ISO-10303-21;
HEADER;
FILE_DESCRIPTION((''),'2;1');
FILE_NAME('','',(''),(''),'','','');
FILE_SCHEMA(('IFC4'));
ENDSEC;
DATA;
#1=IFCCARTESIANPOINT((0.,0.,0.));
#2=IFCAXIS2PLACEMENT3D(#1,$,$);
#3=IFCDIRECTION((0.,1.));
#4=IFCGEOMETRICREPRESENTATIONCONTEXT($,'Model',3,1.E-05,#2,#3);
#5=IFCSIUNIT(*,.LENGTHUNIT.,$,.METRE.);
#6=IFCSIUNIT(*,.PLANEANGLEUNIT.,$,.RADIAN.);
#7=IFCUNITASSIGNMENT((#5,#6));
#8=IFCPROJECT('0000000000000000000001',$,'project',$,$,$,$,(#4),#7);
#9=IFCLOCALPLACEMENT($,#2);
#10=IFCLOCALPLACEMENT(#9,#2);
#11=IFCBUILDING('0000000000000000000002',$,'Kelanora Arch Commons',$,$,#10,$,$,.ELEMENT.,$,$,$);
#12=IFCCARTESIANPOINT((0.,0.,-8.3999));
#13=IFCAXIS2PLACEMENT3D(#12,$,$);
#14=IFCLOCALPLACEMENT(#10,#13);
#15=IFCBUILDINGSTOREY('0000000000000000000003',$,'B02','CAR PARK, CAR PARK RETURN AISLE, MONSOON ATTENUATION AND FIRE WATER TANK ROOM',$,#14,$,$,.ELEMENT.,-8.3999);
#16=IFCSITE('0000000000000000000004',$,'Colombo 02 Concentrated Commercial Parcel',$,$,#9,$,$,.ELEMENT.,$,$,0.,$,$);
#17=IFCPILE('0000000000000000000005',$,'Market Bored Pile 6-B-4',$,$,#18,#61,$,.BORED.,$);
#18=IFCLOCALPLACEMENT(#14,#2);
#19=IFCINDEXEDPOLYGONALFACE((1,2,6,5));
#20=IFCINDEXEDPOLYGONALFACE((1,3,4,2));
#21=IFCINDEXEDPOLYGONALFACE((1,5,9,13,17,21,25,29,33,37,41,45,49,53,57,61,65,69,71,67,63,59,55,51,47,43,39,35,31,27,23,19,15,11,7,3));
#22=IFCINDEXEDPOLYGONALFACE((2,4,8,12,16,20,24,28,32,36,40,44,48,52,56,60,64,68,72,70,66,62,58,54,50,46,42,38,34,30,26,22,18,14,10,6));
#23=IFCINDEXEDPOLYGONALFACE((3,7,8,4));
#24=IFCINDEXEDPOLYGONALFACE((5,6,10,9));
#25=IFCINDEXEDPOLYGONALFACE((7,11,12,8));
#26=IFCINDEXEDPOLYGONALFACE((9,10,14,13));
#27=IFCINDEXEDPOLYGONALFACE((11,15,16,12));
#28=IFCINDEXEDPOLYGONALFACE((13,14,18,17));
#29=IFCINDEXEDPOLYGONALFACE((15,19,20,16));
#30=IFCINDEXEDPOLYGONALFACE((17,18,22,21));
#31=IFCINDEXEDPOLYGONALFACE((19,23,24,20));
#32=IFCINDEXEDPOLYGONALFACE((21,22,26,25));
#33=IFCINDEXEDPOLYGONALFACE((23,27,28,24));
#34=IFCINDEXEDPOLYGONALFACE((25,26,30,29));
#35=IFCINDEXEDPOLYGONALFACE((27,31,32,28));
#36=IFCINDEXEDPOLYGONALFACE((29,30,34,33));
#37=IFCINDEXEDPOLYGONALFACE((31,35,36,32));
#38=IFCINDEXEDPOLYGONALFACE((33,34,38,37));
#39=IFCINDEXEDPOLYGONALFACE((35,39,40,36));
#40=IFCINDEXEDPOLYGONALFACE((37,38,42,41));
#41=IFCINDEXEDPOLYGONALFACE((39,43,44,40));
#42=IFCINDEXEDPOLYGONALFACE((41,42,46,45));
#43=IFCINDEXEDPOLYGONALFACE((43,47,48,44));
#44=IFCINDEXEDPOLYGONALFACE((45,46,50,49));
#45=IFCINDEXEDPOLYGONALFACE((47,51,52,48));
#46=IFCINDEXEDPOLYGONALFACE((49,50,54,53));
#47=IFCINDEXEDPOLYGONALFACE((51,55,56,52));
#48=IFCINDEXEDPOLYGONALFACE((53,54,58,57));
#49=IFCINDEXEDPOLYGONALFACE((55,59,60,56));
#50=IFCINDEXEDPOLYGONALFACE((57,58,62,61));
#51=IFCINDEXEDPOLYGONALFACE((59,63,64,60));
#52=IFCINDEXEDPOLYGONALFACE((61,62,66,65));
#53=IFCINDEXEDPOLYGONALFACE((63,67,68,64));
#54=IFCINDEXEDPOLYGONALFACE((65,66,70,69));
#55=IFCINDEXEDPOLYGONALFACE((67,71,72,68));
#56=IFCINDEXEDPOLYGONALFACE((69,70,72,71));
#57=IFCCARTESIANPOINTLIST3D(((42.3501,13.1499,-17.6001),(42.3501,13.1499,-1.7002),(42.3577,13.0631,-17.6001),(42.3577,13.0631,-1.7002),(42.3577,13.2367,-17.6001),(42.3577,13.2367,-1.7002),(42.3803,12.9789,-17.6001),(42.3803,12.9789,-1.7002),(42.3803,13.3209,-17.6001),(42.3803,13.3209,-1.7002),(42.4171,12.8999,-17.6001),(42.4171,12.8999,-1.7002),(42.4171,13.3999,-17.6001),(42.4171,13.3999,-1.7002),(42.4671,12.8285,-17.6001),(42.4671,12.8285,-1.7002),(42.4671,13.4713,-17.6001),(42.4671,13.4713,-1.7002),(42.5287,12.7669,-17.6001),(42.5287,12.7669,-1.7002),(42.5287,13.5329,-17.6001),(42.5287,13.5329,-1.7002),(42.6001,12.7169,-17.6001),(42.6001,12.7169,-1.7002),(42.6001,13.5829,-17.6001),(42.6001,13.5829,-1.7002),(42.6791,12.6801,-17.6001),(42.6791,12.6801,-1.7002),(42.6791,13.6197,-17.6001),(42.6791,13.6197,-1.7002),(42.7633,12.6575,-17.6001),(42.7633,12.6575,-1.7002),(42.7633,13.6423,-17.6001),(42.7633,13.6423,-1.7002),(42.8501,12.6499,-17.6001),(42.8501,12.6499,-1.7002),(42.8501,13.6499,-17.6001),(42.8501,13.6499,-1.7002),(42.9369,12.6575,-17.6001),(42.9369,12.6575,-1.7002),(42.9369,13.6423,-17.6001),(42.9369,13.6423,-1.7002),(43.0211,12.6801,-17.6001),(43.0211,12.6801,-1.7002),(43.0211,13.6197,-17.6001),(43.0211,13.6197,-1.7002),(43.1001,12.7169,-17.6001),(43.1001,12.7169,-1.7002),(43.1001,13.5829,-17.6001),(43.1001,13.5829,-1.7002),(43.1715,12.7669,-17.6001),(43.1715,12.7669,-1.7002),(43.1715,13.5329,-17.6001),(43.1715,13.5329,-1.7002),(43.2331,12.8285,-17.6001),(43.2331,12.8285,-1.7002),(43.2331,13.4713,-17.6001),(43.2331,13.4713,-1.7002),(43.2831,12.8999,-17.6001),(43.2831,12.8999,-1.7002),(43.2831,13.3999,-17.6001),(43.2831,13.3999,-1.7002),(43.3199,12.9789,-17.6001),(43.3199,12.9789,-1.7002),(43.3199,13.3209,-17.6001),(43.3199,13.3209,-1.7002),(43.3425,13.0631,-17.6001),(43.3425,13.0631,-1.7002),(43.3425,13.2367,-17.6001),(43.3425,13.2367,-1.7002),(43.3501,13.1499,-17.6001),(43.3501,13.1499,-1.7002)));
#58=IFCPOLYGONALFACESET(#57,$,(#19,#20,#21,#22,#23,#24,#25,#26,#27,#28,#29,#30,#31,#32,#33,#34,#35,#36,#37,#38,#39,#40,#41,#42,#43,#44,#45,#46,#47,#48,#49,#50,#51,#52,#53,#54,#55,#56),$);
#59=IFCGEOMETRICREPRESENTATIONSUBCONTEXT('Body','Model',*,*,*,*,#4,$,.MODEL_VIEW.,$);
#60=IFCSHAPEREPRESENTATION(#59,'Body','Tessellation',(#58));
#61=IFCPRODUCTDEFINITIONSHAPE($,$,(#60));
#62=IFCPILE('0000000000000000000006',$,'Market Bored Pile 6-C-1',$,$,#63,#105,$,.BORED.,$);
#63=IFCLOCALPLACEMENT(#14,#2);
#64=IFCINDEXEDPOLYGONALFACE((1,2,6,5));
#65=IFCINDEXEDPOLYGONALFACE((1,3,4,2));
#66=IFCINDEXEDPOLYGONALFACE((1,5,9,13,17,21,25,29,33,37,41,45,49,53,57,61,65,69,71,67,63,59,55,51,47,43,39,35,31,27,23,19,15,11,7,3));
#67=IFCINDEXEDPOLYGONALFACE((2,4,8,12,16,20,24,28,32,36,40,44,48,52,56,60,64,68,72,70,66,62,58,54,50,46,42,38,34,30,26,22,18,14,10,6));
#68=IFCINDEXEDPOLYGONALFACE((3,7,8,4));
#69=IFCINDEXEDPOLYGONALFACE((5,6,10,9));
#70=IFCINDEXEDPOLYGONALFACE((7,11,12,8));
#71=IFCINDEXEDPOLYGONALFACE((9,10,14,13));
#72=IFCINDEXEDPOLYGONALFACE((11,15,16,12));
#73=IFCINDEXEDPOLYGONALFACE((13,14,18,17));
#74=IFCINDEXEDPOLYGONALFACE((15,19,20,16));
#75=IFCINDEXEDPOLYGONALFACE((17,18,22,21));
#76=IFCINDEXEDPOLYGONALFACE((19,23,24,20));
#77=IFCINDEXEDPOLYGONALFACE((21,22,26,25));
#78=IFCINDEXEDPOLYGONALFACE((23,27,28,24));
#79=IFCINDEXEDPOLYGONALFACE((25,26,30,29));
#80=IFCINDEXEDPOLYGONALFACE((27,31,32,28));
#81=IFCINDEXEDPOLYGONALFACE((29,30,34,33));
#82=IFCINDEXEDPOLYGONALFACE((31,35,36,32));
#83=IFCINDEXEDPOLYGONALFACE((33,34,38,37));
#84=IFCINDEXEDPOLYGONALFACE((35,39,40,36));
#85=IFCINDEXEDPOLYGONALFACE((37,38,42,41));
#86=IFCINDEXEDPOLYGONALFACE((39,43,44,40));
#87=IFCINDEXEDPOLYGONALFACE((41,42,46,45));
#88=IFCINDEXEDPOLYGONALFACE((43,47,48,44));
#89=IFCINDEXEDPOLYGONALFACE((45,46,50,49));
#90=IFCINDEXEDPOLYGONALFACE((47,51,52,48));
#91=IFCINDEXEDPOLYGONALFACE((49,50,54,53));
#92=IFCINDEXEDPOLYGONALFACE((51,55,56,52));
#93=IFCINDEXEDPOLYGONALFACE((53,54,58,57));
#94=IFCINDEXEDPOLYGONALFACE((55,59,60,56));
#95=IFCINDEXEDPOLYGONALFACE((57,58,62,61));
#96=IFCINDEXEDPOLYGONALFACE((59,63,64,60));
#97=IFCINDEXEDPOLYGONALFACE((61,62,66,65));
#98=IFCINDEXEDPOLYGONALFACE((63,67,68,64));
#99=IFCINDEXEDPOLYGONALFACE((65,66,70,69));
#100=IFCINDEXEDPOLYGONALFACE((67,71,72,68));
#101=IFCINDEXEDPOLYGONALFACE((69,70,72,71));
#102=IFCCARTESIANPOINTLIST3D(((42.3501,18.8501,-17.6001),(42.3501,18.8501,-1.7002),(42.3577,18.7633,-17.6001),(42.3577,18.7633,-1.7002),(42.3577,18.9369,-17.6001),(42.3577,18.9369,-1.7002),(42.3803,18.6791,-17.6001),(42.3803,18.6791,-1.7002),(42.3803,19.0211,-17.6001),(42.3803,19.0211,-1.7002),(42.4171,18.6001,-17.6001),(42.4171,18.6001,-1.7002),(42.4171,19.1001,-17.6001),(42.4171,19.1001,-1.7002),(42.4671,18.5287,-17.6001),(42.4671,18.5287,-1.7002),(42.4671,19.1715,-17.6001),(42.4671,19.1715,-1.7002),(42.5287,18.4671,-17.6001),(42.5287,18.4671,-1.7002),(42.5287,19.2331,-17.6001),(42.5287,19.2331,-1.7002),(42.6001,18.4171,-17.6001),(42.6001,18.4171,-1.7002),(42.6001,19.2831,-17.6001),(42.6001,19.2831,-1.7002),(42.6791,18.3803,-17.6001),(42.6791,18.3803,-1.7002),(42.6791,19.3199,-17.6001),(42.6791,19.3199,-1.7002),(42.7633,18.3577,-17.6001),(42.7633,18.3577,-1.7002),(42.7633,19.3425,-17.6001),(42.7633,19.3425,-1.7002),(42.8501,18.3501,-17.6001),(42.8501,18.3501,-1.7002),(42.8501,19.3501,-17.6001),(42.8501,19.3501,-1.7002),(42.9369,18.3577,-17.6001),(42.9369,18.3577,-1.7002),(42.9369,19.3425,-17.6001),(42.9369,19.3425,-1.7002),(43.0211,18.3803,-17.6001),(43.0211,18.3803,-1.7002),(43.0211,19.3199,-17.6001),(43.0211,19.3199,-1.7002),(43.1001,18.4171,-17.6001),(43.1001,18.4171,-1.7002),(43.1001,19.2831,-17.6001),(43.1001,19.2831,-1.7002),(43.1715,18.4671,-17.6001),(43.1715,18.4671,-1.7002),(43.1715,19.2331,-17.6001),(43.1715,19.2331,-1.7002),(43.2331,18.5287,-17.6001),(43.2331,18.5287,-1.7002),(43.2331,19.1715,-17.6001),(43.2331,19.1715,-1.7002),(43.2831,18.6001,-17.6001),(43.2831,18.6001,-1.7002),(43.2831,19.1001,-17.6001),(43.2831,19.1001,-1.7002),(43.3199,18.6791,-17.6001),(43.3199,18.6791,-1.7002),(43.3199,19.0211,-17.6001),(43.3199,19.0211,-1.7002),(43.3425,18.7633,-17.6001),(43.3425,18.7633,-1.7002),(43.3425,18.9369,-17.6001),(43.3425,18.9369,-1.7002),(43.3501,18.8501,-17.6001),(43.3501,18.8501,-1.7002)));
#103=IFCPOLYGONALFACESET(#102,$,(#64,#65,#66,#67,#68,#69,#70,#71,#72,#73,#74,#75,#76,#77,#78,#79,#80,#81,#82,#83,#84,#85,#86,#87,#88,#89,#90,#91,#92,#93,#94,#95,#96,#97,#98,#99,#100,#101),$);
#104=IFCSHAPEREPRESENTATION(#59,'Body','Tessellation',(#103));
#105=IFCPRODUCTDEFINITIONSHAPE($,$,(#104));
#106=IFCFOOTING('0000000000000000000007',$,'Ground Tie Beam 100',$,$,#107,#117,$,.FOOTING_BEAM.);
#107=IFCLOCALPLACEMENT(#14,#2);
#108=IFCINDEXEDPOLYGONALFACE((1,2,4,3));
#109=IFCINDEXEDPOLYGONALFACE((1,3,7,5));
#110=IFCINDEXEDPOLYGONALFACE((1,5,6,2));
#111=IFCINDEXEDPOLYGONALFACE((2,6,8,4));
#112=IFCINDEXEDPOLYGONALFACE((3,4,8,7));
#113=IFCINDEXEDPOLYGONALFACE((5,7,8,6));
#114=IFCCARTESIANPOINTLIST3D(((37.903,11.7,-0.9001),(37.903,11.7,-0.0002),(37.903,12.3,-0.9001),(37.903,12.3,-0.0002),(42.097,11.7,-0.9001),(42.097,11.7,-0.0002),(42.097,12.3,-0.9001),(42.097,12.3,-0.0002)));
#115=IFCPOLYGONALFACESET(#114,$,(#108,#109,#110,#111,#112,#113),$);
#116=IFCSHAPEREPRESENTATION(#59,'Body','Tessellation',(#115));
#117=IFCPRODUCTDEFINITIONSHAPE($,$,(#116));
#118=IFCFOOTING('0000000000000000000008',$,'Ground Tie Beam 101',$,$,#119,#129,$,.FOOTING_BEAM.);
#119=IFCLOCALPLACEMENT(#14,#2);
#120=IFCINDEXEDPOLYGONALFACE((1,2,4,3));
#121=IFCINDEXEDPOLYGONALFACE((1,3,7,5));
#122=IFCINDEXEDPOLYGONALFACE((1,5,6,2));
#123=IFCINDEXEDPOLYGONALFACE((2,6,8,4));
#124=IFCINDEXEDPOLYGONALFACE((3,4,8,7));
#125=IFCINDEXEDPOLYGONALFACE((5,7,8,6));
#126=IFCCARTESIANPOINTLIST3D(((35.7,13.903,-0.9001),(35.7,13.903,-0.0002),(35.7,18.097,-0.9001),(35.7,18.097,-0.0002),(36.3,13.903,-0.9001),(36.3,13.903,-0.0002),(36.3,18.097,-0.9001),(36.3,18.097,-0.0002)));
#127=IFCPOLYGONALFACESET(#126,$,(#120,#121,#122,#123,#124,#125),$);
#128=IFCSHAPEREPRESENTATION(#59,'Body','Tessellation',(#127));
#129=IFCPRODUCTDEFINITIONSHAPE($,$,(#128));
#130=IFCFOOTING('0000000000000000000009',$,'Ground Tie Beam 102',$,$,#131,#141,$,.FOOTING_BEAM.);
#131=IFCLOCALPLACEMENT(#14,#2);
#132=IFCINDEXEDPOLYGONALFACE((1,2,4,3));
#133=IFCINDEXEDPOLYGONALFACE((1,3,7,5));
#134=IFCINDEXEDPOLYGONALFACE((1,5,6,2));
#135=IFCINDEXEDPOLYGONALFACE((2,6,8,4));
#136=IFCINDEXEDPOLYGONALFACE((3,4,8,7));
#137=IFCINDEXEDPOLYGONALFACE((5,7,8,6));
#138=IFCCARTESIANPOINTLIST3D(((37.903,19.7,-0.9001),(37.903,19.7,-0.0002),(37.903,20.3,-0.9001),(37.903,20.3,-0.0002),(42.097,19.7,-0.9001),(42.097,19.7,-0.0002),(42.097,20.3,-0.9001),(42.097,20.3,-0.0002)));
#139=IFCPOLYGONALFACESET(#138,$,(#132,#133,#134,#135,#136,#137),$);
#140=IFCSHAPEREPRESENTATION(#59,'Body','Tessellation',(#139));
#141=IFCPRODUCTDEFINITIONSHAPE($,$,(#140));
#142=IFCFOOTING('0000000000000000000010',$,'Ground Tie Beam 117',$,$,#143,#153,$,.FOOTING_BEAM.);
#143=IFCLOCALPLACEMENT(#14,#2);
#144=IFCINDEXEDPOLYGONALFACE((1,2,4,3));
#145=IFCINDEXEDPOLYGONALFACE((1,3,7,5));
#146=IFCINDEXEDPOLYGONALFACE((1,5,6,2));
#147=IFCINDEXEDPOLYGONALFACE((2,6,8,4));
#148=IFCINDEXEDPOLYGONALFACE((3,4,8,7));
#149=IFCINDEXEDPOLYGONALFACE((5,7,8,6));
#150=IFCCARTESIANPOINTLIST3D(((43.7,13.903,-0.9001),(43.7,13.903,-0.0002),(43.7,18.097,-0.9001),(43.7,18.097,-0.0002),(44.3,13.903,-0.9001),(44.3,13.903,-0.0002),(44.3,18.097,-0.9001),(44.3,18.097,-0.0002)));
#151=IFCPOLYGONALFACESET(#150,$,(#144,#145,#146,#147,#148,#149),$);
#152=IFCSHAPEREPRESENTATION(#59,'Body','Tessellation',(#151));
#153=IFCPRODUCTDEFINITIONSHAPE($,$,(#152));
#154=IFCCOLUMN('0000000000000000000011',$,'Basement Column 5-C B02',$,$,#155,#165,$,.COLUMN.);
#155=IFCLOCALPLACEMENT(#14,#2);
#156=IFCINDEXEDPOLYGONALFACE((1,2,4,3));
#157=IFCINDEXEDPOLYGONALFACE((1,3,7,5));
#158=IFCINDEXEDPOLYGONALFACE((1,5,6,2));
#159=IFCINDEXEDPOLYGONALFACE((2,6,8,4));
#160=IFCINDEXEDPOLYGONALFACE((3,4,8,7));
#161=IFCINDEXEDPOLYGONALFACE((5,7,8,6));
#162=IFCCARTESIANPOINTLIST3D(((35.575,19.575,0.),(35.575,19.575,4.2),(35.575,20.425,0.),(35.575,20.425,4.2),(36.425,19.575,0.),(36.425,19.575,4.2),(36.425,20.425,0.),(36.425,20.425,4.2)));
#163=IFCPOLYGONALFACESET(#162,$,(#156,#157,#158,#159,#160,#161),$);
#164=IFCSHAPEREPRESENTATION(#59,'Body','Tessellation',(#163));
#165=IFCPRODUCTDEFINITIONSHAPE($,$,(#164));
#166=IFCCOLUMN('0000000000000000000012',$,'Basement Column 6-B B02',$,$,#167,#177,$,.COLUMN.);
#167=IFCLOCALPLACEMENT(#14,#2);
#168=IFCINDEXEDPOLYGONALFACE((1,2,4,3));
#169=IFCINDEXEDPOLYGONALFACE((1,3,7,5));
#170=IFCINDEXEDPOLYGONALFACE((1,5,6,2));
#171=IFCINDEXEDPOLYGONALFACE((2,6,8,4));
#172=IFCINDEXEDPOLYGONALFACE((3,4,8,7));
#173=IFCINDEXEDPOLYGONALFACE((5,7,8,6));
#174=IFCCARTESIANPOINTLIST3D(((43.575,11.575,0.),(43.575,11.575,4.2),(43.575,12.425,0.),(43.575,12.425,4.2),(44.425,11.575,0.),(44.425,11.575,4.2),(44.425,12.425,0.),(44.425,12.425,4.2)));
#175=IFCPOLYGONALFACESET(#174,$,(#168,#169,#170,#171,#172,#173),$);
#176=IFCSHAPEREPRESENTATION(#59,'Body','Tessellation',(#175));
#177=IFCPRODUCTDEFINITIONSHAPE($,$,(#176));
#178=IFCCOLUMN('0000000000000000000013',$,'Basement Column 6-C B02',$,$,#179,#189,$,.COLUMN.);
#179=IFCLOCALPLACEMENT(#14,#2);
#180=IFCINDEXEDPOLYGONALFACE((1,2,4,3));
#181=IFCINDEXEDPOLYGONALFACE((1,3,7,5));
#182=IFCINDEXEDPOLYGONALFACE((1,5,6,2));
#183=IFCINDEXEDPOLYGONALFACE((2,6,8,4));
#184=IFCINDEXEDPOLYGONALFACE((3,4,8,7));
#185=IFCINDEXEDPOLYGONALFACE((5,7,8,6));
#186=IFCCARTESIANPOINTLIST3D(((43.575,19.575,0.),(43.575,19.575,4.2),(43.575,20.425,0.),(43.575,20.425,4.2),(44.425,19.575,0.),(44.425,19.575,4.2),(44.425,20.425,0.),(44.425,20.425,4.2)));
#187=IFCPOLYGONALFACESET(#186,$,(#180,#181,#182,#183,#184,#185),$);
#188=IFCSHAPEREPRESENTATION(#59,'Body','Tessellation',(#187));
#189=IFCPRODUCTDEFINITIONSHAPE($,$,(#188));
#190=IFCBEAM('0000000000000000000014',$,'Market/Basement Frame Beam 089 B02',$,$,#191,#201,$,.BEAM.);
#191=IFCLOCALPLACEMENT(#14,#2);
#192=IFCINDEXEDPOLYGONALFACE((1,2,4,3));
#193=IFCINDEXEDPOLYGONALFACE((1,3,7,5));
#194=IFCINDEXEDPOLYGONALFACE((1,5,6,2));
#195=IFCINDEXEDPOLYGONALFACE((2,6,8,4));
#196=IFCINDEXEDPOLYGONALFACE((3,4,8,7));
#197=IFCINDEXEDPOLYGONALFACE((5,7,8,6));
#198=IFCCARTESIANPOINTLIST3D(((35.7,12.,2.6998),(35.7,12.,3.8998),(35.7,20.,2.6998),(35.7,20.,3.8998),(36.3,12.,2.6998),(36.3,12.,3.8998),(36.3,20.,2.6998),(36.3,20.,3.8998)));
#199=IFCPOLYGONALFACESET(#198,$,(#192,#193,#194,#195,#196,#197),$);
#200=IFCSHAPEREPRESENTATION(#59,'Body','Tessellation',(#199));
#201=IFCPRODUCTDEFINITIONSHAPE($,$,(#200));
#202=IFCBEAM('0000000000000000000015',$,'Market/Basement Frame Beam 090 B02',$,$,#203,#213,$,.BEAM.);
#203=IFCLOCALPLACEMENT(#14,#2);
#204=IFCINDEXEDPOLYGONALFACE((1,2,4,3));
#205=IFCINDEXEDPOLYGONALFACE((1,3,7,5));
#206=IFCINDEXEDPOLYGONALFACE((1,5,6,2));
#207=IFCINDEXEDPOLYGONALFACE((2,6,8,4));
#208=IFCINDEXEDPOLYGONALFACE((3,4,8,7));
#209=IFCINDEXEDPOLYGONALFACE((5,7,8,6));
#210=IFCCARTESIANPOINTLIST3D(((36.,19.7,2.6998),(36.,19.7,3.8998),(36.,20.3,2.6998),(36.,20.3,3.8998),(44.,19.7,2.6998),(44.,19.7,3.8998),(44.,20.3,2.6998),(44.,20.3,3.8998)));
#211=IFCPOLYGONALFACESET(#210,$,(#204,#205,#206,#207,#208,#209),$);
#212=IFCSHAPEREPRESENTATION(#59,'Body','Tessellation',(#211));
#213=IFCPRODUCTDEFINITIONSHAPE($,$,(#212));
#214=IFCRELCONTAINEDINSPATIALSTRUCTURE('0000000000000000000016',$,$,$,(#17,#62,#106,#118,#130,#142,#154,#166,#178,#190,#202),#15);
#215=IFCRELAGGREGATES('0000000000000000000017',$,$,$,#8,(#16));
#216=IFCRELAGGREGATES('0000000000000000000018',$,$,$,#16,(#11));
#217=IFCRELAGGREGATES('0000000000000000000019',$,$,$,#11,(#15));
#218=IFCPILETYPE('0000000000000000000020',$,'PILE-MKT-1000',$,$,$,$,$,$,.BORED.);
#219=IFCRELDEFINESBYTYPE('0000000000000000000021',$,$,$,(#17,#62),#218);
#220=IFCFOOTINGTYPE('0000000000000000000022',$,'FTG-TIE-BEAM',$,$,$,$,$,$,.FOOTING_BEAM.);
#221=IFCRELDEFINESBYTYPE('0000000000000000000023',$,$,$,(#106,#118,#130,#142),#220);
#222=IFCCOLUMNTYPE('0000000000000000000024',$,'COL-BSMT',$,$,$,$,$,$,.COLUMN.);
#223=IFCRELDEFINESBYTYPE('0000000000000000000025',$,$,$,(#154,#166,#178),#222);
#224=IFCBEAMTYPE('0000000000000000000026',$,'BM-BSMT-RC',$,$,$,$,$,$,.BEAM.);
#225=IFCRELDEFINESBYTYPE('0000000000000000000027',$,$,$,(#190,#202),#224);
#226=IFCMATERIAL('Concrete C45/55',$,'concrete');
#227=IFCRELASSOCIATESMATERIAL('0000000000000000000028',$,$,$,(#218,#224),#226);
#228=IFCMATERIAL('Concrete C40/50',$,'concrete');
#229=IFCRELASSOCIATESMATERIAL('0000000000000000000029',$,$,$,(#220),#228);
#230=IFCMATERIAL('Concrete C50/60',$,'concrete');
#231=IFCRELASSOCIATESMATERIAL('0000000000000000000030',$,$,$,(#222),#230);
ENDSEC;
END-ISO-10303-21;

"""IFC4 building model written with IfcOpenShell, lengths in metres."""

from ifc_helpers import new_model, si_unit, direction, frame, origin, origin_2d, place, context, subcontext, project, spatial, rectangle, circle, extrude, source, transform, mapped, material, material_profile, profile_set, type_object, element, save


model = new_model("IFC4")

# Units and contexts
model_context = context("Model", 3, precision=1e-05, world=origin(), true_north=direction((0.0, 1.0)))
body_context = subcontext(model_context, "Body", "Model", "MODEL_VIEW")
ifc_project = project(units=[si_unit("LENGTHUNIT", "METRE"), si_unit("PLANEANGLEUNIT", "RADIAN")], contexts=[model_context])

# Site, building, storey
site_placement = place(None, origin())
site = spatial("IfcSite", under=ifc_project, at=site_placement, Name="Colombo 02 Concentrated Commercial Parcel", CompositionType="ELEMENT", RefElevation=0.0)
building_placement = place(site_placement, origin())
building = spatial("IfcBuilding", under=site, at=building_placement, Name="Kelanora Arch Commons", CompositionType="ELEMENT")
storey_placement = place(building_placement, frame((0.0, 0.0, -8.3999)))
storey = spatial("IfcBuildingStorey", under=building, at=storey_placement, Name="B02", Description="CAR PARK, CAR PARK RETURN AISLE, MONSOON ATTENUATION AND FIRE WATER TANK ROOM", CompositionType="ELEMENT", Elevation=-8.3999)

# Shared definitions
ifc_material_1 = material(Name="Concrete C40/50", Category="concrete")

# Piles
ifc_material_2 = material(Name="Concrete C45/55", Category="concrete")
ifc_material_profile_1 = material_profile(ifc_material_2, circle(Radius=0.5, at=origin_2d()), Name="PILE1000")
ifc_profile_set_1 = profile_set([ifc_material_profile_1], Name="Concrete C45/55")
pile_type = type_object("IfcPileType", Name="PILE-MKT-1000", PredefinedType="BORED", material=ifc_profile_set_1)
shared_shape_1 = source(origin(), body_context, "Body", "SweptSolid", [
    extrude(circle(Radius=0.5, at=origin_2d()), origin(), (0.0, 0.0, 1.0), 15.8999),
])
for number, where, z_axis, x_axis, name in (
    (1, (42.8501, 13.1499, -1.7002), (0.0, 0.0, -1.0), (1.0, 0.0, 0.0), "Market Bored Pile 6-B-4"),
    (2, (42.8501, 18.8501, -1.7002), (0.0, 0.0, -1.0), (1.0, 0.0, 0.0), "Market Bored Pile 6-C-1"),
):
    element("IfcPile", number, at=place(storey_placement, frame(where, z_axis=z_axis, x_axis=x_axis)), inside=storey, type_object=pile_type, Name=name, PredefinedType="BORED", context=body_context, shape_type="MappedRepresentation", body=[
        mapped(shared_shape_1, transform((0.0, 0.0, 0.0), scale=1.0)),
    ])

# Footings
footing_type_1 = type_object("IfcFootingType", Name="FTG-TIE-BEAM", PredefinedType="FOOTING_BEAM", material=ifc_material_1)
shared_shape_2 = source(origin(), body_context, "Body", "SweptSolid", [
    extrude(rectangle(XDim=4.1941, YDim=0.6001, at=origin_2d()), origin(), (0.0, 0.0, 1.0), 0.8999),
])
for number, where, z_axis, x_axis, name in (
    (3, (40.0, 12.0, -0.9001), (0.0, 0.0, 1.0), (1.0, 0.0, 0.0), "Ground Tie Beam 100"),
    (4, (36.0, 16.0, -0.9001), (0.0, 0.0, 1.0), (0.0, 1.0, 0.0), "Ground Tie Beam 101"),
    (5, (40.0, 20.0, -0.9001), (0.0, 0.0, 1.0), (1.0, 0.0, 0.0), "Ground Tie Beam 102"),
    (6, (44.0, 16.0, -0.9001), (0.0, 0.0, 1.0), (0.0, 1.0, 0.0), "Ground Tie Beam 117"),
):
    element("IfcFooting", number, at=place(storey_placement, frame(where, z_axis=z_axis, x_axis=x_axis)), inside=storey, type_object=footing_type_1, Name=name, PredefinedType="FOOTING_BEAM", context=body_context, shape_type="MappedRepresentation", body=[
        mapped(shared_shape_2, transform((0.0, 0.0, 0.0), scale=1.0)),
    ])

# Columns
ifc_material_3 = material(Name="Concrete C50/60", Category="concrete")
ifc_material_profile_2 = material_profile(ifc_material_3, rectangle(XDim=0.8501, YDim=0.8501, at=origin_2d()), Name="RC850x850")
ifc_profile_set_2 = profile_set([ifc_material_profile_2], Name="Concrete C50/60")
column_type = type_object("IfcColumnType", Name="COL-BSMT", PredefinedType="COLUMN", material=ifc_profile_set_2)
for number, where, z_axis, x_axis, name in (
    (7, (36.0, 20.0, 0.0), (0.0, 0.0, 1.0), (1.0, 0.0, 0.0), "Basement Column 5-C B02"),
    (8, (44.0, 12.0, 0.0), (0.0, 0.0, 1.0), (1.0, 0.0, 0.0), "Basement Column 6-B B02"),
    (9, (44.0, 20.0, 0.0), (0.0, 0.0, 1.0), (1.0, 0.0, 0.0), "Basement Column 6-C B02"),
):
    element("IfcColumn", number, at=place(storey_placement, frame(where, z_axis=z_axis, x_axis=x_axis)), inside=storey, type_object=column_type, Name=name, PredefinedType="COLUMN", context=body_context, shape_type="SweptSolid", body=[
        extrude(rectangle(XDim=0.8501, YDim=0.8501, at=origin_2d()), origin(), (0.0, 0.0, 1.0), 4.2),
    ])

# Beams
ifc_material_profile_3 = material_profile(ifc_material_2, rectangle(XDim=0.6001, YDim=1.2, at=origin_2d()), Name="RCB600x1200")
ifc_profile_set_3 = profile_set([ifc_material_profile_3], Name="Concrete C45/55")
beam_type = type_object("IfcBeamType", Name="BM-BSMT-RC", PredefinedType="BEAM", material=ifc_profile_set_3)
for number, where, z_axis, x_axis, name in (
    (10, (36.0, 12.0, 3.2998), (0.0, 1.0, 0.0), (-1.0, 0.0, 0.0), "Market/Basement Frame Beam 089 B02"),
    (11, (36.0, 20.0, 3.2998), (1.0, 0.0, 0.0), (0.0, 1.0, 0.0), "Market/Basement Frame Beam 090 B02"),
):
    element("IfcBeam", number, at=place(storey_placement, frame(where, z_axis=z_axis, x_axis=x_axis)), inside=storey, type_object=beam_type, Name=name, PredefinedType="BEAM", context=body_context, shape_type="SweptSolid", body=[
        extrude(rectangle(XDim=0.6001, YDim=1.2, at=origin_2d()), origin(), (0.0, 0.0, 1.0), 8.0),
    ])

save(model, "model.ifc")
